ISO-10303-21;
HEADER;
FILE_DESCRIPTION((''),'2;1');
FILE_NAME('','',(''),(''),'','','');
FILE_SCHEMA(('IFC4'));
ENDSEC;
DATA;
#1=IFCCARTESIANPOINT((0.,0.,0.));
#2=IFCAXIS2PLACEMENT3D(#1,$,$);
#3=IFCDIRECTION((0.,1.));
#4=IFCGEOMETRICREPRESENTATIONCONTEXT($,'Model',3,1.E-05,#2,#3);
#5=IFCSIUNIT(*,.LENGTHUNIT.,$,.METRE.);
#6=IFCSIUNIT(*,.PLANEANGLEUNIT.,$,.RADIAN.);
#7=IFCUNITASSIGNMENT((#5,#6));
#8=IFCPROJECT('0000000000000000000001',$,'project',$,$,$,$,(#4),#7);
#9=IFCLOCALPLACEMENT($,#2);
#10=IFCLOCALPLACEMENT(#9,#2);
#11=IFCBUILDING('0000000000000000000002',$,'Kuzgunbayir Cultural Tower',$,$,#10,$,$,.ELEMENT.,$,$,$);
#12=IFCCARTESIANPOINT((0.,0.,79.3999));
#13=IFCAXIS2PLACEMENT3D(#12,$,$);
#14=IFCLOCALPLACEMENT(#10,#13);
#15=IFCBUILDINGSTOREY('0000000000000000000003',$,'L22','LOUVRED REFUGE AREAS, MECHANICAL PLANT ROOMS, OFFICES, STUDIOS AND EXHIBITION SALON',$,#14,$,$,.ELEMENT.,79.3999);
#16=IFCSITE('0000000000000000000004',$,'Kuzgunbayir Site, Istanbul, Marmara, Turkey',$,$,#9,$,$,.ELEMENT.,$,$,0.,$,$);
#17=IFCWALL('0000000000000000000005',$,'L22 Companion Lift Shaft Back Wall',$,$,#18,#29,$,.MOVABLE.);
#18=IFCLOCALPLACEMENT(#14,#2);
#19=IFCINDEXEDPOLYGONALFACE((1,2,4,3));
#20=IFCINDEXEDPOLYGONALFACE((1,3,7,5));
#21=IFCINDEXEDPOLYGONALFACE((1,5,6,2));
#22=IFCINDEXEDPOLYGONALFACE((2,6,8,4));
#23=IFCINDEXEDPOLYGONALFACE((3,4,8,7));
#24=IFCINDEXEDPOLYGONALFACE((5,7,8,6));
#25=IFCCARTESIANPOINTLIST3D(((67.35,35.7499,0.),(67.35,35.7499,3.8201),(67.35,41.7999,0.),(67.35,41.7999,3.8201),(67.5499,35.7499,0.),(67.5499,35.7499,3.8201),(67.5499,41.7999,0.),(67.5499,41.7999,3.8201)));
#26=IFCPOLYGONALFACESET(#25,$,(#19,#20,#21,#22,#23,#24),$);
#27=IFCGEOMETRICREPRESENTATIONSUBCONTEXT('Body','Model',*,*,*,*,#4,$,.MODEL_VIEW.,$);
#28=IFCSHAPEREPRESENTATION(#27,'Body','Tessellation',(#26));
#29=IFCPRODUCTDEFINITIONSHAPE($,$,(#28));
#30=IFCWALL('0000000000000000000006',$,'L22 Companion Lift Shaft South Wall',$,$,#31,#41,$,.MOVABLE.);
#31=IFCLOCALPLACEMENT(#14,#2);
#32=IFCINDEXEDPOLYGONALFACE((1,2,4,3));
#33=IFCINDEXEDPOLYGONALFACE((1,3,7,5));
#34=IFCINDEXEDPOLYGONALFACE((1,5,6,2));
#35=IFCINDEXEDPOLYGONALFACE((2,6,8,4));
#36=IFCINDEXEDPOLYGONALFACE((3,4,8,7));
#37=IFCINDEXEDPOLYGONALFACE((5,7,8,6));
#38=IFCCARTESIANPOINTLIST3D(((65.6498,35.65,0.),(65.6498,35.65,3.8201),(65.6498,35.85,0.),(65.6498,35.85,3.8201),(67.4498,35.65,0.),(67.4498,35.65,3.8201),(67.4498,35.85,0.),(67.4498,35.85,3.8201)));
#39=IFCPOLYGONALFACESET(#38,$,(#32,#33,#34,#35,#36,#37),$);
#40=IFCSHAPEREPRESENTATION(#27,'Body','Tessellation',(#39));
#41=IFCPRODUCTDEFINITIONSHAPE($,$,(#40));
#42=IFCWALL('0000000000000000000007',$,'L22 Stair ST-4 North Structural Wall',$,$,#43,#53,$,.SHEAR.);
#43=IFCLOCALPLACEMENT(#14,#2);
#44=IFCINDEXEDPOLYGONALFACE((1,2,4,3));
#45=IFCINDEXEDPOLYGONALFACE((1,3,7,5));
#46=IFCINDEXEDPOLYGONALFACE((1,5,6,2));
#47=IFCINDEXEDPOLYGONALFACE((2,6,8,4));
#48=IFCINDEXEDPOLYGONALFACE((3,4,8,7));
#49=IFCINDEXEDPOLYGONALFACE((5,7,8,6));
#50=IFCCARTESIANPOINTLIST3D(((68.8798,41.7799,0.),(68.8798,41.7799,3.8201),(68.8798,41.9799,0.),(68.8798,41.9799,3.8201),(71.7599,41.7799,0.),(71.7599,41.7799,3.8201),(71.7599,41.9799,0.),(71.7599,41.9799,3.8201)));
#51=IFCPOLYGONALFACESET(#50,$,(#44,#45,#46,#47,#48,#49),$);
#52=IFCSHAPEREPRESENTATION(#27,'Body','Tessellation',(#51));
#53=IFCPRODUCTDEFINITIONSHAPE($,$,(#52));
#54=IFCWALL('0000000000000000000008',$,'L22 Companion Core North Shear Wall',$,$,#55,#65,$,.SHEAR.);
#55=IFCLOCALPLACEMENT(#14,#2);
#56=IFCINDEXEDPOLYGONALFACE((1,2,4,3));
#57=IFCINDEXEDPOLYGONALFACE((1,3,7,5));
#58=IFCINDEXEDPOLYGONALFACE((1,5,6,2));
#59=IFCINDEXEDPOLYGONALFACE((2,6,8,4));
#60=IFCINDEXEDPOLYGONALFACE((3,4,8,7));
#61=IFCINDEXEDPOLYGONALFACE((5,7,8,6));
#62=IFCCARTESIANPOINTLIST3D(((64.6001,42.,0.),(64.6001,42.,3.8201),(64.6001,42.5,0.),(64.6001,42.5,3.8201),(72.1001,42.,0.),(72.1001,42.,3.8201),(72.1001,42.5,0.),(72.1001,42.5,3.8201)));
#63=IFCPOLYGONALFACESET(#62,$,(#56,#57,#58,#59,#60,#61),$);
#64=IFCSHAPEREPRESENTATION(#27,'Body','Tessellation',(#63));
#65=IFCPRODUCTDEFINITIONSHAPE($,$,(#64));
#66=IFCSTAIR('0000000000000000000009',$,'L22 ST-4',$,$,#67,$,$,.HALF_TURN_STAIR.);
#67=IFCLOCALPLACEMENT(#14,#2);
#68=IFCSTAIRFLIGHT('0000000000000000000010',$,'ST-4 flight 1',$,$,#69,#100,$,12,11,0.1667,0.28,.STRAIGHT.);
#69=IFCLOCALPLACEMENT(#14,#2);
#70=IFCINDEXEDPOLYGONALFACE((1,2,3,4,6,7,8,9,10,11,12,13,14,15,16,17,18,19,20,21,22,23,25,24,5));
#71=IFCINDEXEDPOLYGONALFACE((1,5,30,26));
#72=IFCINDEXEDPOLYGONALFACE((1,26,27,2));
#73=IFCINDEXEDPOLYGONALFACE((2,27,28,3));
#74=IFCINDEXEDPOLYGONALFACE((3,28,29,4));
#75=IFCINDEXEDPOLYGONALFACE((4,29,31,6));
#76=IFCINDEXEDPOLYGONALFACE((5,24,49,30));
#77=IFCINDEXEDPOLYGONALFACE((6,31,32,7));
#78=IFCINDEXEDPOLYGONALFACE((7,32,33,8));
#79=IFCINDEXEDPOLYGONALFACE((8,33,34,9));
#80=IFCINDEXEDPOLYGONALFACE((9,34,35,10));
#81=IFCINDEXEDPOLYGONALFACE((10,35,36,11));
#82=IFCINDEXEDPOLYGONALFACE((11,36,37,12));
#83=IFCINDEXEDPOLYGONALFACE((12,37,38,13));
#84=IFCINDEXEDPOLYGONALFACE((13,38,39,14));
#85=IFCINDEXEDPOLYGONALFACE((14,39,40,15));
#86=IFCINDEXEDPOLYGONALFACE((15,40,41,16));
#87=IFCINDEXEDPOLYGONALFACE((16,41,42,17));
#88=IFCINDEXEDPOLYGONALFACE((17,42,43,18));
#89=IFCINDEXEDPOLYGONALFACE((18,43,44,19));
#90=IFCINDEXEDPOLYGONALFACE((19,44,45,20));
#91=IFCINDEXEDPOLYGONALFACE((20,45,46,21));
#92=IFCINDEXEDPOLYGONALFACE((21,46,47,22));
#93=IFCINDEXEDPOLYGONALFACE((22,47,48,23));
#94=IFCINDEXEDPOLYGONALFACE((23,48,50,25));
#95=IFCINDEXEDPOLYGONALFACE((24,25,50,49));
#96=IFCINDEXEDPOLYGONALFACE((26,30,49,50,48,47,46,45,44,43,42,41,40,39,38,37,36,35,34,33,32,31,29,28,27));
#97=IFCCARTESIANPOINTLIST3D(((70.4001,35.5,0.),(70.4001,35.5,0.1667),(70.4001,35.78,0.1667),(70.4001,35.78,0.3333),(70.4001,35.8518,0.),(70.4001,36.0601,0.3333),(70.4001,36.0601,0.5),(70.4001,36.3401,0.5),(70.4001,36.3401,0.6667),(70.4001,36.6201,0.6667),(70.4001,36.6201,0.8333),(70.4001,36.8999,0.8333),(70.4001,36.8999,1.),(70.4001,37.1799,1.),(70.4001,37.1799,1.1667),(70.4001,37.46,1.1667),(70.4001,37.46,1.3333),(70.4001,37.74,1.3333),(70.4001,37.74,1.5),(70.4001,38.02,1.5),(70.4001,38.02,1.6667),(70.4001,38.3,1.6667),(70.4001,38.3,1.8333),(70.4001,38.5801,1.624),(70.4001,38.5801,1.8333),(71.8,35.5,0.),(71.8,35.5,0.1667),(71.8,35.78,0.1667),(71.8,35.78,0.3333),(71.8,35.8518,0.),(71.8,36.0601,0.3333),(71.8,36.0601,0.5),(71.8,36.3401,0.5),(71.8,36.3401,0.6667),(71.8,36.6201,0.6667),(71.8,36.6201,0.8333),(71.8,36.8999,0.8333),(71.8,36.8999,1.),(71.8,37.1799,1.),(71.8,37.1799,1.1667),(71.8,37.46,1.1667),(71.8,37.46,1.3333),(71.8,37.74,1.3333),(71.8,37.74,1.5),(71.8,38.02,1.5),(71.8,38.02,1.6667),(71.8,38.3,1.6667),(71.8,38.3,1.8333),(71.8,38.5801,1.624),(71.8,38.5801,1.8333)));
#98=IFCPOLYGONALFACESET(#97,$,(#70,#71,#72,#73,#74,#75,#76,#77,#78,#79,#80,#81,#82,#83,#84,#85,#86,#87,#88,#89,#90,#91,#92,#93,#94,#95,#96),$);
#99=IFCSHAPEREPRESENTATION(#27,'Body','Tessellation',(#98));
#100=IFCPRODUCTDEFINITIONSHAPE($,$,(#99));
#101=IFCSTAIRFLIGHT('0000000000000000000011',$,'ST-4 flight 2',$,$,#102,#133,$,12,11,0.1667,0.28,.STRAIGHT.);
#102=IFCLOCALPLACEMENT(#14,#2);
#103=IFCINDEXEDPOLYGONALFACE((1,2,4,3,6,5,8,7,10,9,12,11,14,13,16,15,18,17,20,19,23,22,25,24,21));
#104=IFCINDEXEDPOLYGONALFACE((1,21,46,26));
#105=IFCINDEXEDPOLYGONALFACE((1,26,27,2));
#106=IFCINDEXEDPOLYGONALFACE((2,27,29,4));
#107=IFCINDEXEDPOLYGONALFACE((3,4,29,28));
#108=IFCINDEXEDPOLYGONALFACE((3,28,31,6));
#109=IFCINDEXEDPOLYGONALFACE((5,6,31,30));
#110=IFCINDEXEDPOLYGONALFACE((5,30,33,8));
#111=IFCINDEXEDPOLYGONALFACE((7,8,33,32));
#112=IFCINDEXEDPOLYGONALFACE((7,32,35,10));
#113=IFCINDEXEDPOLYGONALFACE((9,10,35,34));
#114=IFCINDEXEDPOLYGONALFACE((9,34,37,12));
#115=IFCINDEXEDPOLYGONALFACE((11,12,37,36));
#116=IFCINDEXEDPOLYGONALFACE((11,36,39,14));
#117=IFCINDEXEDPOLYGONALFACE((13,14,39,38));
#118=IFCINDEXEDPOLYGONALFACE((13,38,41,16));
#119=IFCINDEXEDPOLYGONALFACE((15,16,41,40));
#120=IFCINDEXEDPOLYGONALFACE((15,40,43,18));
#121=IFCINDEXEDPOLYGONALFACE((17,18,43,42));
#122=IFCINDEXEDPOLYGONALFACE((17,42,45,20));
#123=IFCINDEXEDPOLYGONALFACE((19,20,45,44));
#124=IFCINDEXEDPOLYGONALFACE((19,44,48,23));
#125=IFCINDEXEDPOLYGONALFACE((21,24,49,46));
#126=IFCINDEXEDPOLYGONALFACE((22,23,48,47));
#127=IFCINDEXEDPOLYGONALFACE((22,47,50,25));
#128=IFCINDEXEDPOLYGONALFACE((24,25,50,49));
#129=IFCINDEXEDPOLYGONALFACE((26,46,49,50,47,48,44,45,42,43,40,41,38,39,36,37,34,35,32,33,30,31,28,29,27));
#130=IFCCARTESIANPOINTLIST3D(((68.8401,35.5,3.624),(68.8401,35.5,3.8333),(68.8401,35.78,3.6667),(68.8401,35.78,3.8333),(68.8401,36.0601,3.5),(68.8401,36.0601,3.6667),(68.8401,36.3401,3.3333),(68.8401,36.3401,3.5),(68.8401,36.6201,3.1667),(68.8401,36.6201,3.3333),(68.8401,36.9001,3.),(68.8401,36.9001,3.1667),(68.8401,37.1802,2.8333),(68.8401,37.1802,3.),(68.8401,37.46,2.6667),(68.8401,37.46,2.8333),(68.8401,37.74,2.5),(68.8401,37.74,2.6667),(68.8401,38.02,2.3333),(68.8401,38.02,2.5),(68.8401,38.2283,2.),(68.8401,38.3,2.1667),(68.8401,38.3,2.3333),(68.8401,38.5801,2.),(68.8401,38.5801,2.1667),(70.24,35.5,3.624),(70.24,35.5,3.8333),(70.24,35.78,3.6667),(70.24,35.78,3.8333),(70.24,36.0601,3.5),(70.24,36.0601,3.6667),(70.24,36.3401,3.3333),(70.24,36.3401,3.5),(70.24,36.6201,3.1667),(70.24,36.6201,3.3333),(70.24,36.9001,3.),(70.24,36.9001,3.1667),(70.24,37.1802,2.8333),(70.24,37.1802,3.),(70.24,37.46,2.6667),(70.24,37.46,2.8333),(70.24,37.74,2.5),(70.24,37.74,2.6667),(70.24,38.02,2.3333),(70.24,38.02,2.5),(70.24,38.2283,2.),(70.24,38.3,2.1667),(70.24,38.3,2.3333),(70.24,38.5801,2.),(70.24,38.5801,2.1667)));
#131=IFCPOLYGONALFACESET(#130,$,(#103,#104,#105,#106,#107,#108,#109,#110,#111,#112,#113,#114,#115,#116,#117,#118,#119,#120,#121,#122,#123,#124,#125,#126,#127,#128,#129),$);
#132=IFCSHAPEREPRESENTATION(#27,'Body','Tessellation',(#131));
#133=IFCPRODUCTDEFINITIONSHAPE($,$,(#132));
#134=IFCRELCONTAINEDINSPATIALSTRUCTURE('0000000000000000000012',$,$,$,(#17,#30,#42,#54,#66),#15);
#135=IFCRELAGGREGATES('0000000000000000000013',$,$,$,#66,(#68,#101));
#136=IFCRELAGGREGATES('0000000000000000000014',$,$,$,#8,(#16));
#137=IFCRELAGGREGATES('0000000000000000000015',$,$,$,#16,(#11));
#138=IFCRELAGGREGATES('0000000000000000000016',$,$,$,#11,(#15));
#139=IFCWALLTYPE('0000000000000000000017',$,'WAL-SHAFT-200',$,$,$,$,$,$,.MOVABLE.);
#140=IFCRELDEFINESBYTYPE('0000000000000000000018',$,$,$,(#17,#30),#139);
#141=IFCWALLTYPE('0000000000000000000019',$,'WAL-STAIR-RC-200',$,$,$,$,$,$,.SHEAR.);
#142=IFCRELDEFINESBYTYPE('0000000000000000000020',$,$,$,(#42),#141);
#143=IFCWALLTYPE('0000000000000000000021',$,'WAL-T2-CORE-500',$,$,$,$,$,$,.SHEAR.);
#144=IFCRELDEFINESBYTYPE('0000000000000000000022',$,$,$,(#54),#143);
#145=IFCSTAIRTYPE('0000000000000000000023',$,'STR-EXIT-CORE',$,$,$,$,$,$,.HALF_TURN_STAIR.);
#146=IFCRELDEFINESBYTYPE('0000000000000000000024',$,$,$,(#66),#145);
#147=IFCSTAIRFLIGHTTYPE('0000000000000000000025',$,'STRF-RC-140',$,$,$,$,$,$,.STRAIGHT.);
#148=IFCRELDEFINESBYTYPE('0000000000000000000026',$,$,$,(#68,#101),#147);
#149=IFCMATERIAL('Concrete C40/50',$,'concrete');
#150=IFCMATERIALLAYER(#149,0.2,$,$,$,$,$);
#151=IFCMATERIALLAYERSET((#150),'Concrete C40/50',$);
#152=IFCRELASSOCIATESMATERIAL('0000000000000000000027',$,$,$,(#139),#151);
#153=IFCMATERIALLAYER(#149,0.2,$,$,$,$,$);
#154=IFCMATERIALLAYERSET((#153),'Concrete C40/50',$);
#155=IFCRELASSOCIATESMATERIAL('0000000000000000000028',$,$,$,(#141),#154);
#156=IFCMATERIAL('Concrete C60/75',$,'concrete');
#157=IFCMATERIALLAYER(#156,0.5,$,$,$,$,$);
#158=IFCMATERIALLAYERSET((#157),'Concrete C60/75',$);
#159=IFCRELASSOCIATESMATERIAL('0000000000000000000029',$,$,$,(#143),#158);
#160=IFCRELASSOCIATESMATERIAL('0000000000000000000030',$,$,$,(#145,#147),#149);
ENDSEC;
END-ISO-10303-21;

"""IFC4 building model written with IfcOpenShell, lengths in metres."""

from ifc_helpers import new_model, si_unit, direction, frame, frame_2d, origin, place, context, subcontext, project, spatial, polyline, rectangle, outline, extrude, material, layer, layer_set, type_object, element, aggregate, save


model = new_model("IFC4")

# Units and contexts
model_context = context("Model", 3, precision=1e-05, world=origin(), true_north=direction((0.0, 1.0)))
body_context = subcontext(model_context, "Body", "Model", "MODEL_VIEW")
ifc_project = project(units=[si_unit("LENGTHUNIT", "METRE"), si_unit("PLANEANGLEUNIT", "RADIAN")], contexts=[model_context])

# Site, building, storey
site_placement = place(None, origin())
site = spatial("IfcSite", under=ifc_project, at=site_placement, Name="Kuzgunbayir Site, Istanbul, Marmara, Turkey", CompositionType="ELEMENT", RefElevation=0.0)
building_placement = place(site_placement, origin())
building = spatial("IfcBuilding", under=site, at=building_placement, Name="Kuzgunbayir Cultural Tower", CompositionType="ELEMENT")
storey_placement = place(building_placement, frame((0.0, 0.0, 79.3999)))
storey = spatial("IfcBuildingStorey", under=building, at=storey_placement, Name="L22", Description="LOUVRED REFUGE AREAS, MECHANICAL PLANT ROOMS, OFFICES, STUDIOS AND EXHIBITION SALON", CompositionType="ELEMENT", Elevation=79.3999)

# Shared definitions
ifc_material_1 = material(Name="Concrete C60/75", Category="concrete")

# Shared definitions
ifc_material_2 = material(Name="Concrete C40/50", Category="concrete")
ifc_layer_1 = layer(ifc_material_2, 0.2)
ifc_layer_set_1 = layer_set([ifc_layer_1], Name="Concrete C40/50")
wall_type_1 = type_object("IfcWallType", Name="WAL-SHAFT-200", PredefinedType="MOVABLE", material=ifc_layer_set_1)

# Walls
wall_1_placement = place(storey_placement, frame((67.45, 35.75, 0.0), z_axis=(0.0, 0.0, 1.0), x_axis=(0.0, 1.0, 0.0)))
element("IfcWall", 1, at=wall_1_placement, inside=storey, type_object=wall_type_1, Name="L22 Companion Lift Shaft Back Wall", PredefinedType="MOVABLE", context=body_context, shape_type="SweptSolid", body=[
    extrude(rectangle(XDim=6.05, YDim=0.2, at=frame_2d((3.0249, 0.0))), origin(), (0.0, 0.0, 1.0), 3.8201),
])
wall_2_placement = place(storey_placement, frame((65.6499, 35.75, 0.0), z_axis=(0.0, 0.0, 1.0), x_axis=(1.0, 0.0, 0.0)))
element("IfcWall", 2, at=wall_2_placement, inside=storey, type_object=wall_type_1, Name="L22 Companion Lift Shaft South Wall", PredefinedType="MOVABLE", context=body_context, shape_type="SweptSolid", body=[
    extrude(rectangle(XDim=1.8, YDim=0.2, at=frame_2d((0.8999, 0.0))), origin(), (0.0, 0.0, 1.0), 3.8201),
])
ifc_layer_2 = layer(ifc_material_2, 0.2)
ifc_layer_set_2 = layer_set([ifc_layer_2], Name="Concrete C40/50")
wall_type_2 = type_object("IfcWallType", Name="WAL-STAIR-RC-200", PredefinedType="SHEAR", material=ifc_layer_set_2)
wall_3_placement = place(storey_placement, frame((68.8799, 41.8799, 0.0), z_axis=(0.0, 0.0, 1.0), x_axis=(1.0, 0.0, 0.0)))
element("IfcWall", 3, at=wall_3_placement, inside=storey, type_object=wall_type_2, Name="L22 Stair ST-4 North Structural Wall", PredefinedType="SHEAR", context=body_context, shape_type="SweptSolid", body=[
    extrude(rectangle(XDim=2.8801, YDim=0.2, at=frame_2d((1.4399, 0.0))), origin(), (0.0, 0.0, 1.0), 3.8201),
])
ifc_layer_3 = layer(ifc_material_1, 0.5)
ifc_layer_set_3 = layer_set([ifc_layer_3], Name="Concrete C60/75")
wall_type_3 = type_object("IfcWallType", Name="WAL-T2-CORE-500", PredefinedType="SHEAR", material=ifc_layer_set_3)
wall_4_placement = place(storey_placement, frame((64.6001, 42.25, 0.0), z_axis=(0.0, 0.0, 1.0), x_axis=(1.0, 0.0, 0.0)))
element("IfcWall", 4, at=wall_4_placement, inside=storey, type_object=wall_type_3, Name="L22 Companion Core North Shear Wall", PredefinedType="SHEAR", context=body_context, shape_type="SweptSolid", body=[
    extrude(rectangle(XDim=7.5, YDim=0.5, at=frame_2d((3.75, 0.0))), origin(), (0.0, 0.0, 1.0), 3.8201),
])

# Stair, stair flights
stair_type = type_object("IfcStairType", Name="STR-EXIT-CORE", PredefinedType="HALF_TURN_STAIR", material=ifc_material_2)
stair_placement = place(storey_placement, origin())
stair = element("IfcStair", 5, at=stair_placement, inside=storey, type_object=stair_type, Name="L22 ST-4", PredefinedType="HALF_TURN_STAIR")
stair_flight_type = type_object("IfcStairFlightType", Name="STRF-RC-140", PredefinedType="STRAIGHT", material=ifc_material_2)
stair_flight_1_placement = place(storey_placement, frame((71.1001, 35.5, 0.0), z_axis=(0.0, 0.0, 1.0), x_axis=(0.0, 1.0, 0.0)))
stair_flight_1 = element("IfcStairFlight", 6, at=stair_flight_1_placement, type_object=stair_flight_type, Name="ST-4 flight 1", NumberOfRisers=12, NumberOfTreads=11, PredefinedType="STRAIGHT", RiserHeight=0.1667, TreadLength=0.28, context=body_context, shape_type="SweptSolid", body=[
    extrude(outline(polyline([(0.0, 0.0), (0.0, 0.1667), (0.28, 0.1667), (0.28, 0.3333), (0.5601, 0.3333), (0.5601, 0.5), (0.8401, 0.5), (0.8401, 0.6667), (1.1201, 0.6667), (1.1201, 0.8333), (1.3999, 0.8333), (1.3999, 1.0), (1.6799, 1.0), (1.6799, 1.1667), (1.96, 1.1667), (1.96, 1.3333), (2.24, 1.3333), (2.24, 1.5), (2.52, 1.5), (2.52, 1.6667), (2.8, 1.6667), (2.8, 1.8333), (3.0801, 1.8333), (3.0801, 2.0), (3.0801, 1.624), (0.3518, 0.0), (0.0, 0.0)])), frame((0.0, 0.7, 0.0), z_axis=(0.0, -1.0, 0.0), x_axis=(1.0, 0.0, 0.0)), (0.0, 0.0, 1.0), 1.3999),
])
stair_flight_2_placement = place(storey_placement, frame((69.54, 38.5801, 2.0), z_axis=(0.0, 0.0, 1.0), x_axis=(0.0, -1.0, 0.0)))
stair_flight_2 = element("IfcStairFlight", 7, at=stair_flight_2_placement, type_object=stair_flight_type, Name="ST-4 flight 2", NumberOfRisers=12, NumberOfTreads=11, PredefinedType="STRAIGHT", RiserHeight=0.1667, TreadLength=0.28, context=body_context, shape_type="SweptSolid", body=[
    extrude(outline(polyline([(0.0, 0.0), (0.0, 0.1667), (0.28, 0.1667), (0.28, 0.3333), (0.5601, 0.3333), (0.5601, 0.5), (0.8401, 0.5), (0.8401, 0.6667), (1.1201, 0.6667), (1.1201, 0.8333), (1.3999, 0.8333), (1.3999, 1.0), (1.6799, 1.0), (1.6799, 1.1667), (1.96, 1.1667), (1.96, 1.3333), (2.24, 1.3333), (2.24, 1.5), (2.52, 1.5), (2.52, 1.6667), (2.8, 1.6667), (2.8, 1.8333), (3.0801, 1.8333), (3.0801, 2.0), (3.0801, 1.624), (0.3518, 0.0), (0.0, 0.0)])), frame((0.0, 0.7, 0.0), z_axis=(0.0, -1.0, 0.0), x_axis=(1.0, 0.0, 0.0)), (0.0, 0.0, 1.0), 1.3999),
])
aggregate(stair, [stair_flight_1, stair_flight_2])

save(model, "model.ifc")
